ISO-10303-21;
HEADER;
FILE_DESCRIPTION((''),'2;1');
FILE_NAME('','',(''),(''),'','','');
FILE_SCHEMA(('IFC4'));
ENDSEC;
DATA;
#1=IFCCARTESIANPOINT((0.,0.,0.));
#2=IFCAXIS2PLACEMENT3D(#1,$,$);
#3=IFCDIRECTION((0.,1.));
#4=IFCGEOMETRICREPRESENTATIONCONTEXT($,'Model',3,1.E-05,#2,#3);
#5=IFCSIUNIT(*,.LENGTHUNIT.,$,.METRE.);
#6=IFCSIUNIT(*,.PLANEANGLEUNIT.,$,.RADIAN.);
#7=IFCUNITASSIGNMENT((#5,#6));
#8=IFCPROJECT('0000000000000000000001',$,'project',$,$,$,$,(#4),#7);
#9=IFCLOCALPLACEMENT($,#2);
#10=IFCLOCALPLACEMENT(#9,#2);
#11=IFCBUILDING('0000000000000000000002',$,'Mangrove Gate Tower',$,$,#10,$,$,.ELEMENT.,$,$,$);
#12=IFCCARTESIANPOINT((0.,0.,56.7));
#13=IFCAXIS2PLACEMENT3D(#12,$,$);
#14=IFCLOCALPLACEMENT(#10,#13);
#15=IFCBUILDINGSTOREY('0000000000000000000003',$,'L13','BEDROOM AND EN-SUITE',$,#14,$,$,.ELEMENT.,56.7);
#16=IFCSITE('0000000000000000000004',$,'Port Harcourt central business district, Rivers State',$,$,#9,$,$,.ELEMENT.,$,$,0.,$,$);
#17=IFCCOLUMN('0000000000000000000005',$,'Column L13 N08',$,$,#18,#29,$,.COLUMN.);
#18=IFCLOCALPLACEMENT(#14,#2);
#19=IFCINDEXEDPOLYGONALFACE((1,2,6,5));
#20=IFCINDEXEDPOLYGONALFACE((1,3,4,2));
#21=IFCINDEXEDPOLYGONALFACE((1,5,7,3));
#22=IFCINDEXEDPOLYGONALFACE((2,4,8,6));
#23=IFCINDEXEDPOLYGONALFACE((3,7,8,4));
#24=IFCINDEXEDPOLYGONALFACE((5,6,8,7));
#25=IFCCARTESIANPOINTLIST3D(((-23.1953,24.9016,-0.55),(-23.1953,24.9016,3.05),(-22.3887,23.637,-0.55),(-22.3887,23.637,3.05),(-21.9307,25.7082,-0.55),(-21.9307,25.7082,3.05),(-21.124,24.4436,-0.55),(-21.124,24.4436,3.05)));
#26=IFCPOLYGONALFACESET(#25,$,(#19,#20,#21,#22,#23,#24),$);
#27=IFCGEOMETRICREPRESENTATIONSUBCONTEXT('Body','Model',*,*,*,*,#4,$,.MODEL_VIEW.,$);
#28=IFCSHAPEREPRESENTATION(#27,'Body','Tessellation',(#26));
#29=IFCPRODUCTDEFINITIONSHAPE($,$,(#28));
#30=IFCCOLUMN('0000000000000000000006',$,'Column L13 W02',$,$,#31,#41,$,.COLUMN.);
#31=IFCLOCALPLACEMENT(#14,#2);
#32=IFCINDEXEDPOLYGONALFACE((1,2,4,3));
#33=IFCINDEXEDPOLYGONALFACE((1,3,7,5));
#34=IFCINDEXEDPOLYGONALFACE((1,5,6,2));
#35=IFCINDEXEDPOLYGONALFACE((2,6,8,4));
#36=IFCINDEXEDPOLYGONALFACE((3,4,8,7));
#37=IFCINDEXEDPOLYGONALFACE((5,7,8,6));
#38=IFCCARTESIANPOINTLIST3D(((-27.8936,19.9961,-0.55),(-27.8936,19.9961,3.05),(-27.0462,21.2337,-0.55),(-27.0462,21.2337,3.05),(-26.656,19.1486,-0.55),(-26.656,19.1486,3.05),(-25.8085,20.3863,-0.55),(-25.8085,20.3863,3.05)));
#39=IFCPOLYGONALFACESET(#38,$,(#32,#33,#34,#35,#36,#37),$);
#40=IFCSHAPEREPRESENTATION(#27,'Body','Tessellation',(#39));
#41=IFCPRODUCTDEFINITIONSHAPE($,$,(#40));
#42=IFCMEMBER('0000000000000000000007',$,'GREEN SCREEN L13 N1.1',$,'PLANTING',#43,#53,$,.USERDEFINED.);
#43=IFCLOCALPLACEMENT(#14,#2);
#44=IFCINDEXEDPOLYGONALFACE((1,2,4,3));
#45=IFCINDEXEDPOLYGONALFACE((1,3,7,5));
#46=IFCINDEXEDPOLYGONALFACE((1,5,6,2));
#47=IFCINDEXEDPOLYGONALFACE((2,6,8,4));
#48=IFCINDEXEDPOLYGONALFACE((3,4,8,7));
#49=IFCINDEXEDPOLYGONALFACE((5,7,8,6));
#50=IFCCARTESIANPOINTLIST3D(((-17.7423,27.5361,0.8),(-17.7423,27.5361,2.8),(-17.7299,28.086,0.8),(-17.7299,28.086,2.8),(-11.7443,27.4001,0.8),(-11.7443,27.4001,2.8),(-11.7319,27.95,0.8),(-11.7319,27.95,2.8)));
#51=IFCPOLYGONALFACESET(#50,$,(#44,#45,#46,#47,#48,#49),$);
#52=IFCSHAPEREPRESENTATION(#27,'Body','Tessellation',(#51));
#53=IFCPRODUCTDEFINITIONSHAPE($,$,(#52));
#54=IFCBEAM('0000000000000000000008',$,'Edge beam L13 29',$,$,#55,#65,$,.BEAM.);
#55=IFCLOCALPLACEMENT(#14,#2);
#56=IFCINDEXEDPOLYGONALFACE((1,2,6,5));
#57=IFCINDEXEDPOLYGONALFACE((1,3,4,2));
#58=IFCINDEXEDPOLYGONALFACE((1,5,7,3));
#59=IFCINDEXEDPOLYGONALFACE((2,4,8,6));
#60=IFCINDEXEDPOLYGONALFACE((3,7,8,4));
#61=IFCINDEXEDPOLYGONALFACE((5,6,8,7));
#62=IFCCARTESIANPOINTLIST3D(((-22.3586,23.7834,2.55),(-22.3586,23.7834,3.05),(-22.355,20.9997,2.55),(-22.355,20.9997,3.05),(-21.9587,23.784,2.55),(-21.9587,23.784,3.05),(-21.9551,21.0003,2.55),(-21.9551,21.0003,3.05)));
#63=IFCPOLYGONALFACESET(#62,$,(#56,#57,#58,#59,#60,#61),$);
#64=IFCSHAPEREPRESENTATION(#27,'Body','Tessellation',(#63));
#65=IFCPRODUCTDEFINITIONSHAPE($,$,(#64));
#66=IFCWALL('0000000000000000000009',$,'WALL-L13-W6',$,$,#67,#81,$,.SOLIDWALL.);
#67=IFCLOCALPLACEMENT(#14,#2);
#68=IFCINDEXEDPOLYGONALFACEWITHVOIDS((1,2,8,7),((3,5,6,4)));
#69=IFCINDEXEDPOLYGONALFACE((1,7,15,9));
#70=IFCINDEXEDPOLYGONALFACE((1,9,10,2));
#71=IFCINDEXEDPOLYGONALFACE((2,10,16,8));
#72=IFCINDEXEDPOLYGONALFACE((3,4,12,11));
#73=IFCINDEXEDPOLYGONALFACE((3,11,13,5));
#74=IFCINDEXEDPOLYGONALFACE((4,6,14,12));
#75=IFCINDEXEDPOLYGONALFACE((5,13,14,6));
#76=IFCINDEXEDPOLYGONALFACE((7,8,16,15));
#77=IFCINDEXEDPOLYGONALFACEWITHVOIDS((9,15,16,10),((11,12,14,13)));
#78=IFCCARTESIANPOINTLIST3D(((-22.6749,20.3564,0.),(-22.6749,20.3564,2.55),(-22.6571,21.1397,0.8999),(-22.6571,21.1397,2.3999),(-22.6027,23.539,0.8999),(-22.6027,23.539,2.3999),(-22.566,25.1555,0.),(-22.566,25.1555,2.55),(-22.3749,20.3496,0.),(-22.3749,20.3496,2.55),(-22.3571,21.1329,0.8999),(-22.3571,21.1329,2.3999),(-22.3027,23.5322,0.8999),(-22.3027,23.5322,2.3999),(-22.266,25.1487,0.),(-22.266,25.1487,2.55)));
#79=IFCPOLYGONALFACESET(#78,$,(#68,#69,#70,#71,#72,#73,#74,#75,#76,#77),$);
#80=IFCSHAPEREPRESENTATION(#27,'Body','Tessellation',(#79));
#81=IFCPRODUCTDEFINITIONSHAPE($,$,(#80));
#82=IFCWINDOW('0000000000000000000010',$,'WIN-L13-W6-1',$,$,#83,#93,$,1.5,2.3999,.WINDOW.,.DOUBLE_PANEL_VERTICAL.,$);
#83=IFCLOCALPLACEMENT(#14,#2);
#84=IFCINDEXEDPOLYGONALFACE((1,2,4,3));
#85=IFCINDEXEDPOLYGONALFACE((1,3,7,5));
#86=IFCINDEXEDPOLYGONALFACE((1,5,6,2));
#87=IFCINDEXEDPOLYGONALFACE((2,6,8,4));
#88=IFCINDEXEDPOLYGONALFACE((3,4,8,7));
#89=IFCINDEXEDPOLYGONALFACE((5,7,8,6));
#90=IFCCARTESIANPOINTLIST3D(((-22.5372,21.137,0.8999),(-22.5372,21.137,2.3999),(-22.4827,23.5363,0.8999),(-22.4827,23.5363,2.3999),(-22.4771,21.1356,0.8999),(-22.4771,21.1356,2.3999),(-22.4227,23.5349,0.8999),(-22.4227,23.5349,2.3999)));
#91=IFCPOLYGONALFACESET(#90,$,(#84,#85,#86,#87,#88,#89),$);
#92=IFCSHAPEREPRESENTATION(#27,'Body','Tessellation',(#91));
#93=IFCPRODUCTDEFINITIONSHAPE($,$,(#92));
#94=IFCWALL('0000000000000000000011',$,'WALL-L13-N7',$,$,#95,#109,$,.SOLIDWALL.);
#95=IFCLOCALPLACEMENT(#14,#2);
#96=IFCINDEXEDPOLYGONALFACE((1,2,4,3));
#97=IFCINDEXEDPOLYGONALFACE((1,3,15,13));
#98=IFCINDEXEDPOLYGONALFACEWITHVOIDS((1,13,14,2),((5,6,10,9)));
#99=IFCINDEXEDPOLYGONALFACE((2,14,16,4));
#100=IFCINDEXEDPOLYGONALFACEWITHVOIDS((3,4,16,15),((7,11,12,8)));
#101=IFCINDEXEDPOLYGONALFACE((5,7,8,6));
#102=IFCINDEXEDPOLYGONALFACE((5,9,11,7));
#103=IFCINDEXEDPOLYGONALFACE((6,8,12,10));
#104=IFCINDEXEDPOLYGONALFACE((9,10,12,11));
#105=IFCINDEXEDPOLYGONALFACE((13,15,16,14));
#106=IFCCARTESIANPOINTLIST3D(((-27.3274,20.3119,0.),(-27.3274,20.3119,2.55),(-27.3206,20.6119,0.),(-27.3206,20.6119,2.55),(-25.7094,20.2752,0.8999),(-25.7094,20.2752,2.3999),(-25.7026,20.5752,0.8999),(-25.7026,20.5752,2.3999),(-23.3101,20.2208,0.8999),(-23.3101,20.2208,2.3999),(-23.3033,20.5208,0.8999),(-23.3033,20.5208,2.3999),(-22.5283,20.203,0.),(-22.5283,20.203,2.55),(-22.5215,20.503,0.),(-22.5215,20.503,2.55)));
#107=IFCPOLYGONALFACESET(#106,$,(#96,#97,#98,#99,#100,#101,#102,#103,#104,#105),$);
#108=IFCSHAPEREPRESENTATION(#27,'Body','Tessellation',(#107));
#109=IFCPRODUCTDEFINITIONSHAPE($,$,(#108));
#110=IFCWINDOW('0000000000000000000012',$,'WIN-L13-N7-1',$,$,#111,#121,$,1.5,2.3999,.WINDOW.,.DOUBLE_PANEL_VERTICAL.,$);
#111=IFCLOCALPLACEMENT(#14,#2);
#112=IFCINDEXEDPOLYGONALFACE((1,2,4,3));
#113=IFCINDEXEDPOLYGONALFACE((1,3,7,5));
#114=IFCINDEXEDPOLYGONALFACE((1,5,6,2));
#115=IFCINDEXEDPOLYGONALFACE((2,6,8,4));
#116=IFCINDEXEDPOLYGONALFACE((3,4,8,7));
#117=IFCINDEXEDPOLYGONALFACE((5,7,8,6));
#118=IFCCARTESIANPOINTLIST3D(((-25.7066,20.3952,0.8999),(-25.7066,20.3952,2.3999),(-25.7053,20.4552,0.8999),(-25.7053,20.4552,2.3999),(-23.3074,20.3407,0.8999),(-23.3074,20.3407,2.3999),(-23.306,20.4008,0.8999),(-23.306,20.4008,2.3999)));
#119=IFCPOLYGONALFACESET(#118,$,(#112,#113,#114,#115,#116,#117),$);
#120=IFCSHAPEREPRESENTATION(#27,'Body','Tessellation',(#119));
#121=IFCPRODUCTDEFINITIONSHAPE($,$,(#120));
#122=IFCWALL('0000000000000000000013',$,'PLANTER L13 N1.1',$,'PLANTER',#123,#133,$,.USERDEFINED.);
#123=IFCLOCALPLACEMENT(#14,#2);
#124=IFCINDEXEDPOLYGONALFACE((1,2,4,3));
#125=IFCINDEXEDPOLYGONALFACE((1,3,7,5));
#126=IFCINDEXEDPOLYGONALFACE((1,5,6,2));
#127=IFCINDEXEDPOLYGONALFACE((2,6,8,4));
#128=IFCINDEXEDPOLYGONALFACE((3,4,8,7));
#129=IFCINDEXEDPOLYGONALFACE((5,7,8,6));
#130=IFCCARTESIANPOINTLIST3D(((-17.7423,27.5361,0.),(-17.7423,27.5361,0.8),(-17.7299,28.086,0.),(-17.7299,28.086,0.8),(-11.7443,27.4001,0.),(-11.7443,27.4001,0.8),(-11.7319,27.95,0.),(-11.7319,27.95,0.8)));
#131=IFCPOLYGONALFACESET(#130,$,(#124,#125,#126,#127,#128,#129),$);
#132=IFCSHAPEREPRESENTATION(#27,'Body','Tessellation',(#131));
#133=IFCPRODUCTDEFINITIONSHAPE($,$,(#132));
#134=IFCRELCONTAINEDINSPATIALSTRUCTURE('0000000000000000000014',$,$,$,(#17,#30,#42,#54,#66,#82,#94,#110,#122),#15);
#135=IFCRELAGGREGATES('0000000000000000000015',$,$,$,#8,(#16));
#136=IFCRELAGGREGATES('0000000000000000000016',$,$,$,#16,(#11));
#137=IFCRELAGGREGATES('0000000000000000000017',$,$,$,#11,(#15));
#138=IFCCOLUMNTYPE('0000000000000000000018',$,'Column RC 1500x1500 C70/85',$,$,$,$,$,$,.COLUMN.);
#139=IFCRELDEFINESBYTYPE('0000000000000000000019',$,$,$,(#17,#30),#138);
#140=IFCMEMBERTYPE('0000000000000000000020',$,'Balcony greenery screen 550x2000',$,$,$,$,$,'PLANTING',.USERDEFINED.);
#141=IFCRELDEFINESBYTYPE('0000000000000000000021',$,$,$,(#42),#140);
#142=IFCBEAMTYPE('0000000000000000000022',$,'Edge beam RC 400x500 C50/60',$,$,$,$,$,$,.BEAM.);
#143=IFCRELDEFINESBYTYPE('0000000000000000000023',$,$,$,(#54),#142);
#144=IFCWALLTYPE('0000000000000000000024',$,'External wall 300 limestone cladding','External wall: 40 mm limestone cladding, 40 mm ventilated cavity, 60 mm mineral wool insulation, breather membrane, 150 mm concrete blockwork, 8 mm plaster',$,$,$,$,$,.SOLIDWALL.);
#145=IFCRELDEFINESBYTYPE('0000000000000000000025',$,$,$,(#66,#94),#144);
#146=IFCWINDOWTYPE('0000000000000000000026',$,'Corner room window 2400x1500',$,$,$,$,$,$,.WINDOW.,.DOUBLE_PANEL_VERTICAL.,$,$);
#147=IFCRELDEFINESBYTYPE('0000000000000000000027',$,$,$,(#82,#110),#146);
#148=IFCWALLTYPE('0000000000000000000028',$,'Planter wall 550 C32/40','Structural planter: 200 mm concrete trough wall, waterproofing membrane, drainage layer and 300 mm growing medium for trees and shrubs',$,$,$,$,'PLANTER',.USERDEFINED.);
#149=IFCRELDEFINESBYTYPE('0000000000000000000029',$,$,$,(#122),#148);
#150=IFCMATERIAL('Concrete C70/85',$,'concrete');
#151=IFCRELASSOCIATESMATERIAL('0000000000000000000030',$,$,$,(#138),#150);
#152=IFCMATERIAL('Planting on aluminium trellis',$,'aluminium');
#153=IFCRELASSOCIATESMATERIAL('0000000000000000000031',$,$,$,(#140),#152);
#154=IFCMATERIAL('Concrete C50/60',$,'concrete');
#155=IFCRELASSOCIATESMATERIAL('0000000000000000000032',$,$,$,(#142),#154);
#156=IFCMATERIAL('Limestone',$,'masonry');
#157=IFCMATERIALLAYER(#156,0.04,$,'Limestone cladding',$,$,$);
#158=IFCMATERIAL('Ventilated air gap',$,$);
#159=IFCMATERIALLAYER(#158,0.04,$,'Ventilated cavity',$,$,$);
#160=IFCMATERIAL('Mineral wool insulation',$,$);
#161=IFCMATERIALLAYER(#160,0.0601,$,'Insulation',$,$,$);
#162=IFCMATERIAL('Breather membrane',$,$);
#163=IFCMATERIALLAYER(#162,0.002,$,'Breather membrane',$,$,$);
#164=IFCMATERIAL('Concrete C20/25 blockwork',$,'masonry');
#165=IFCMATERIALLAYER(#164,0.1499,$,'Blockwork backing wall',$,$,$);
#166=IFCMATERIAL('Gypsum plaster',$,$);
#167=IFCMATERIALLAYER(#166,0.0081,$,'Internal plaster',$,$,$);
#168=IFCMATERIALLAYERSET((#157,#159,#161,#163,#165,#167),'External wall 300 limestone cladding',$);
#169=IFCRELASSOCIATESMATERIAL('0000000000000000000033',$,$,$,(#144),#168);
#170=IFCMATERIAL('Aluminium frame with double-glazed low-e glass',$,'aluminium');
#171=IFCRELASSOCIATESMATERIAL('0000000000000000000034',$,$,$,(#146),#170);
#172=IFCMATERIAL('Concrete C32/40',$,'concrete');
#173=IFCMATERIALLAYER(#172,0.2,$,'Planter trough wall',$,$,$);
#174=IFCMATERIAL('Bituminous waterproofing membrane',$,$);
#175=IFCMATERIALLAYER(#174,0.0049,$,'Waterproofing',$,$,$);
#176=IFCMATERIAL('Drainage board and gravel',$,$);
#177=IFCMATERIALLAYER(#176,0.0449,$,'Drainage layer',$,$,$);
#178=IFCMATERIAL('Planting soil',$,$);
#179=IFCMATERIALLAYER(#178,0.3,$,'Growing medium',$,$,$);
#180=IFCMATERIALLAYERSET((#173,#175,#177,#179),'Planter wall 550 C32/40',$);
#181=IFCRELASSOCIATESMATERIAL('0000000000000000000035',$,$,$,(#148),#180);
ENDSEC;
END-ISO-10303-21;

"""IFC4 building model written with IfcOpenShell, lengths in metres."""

from ifc_helpers import new_model, si_unit, direction, frame, frame_2d, origin, origin_2d, place, context, subcontext, project, spatial, rectangle, extrude, material, layer, layer_set, material_profile, profile_set, type_object, element, fill, save


model = new_model("IFC4")

# Units and contexts
model_context = context("Model", 3, precision=1e-05, world=origin(), true_north=direction((0.0, 1.0)))
body_context = subcontext(model_context, "Body", "Model", "MODEL_VIEW")
ifc_project = project(units=[si_unit("LENGTHUNIT", "METRE"), si_unit("PLANEANGLEUNIT", "RADIAN")], contexts=[model_context])

# Site, building, storey
site_placement = place(None, origin())
site = spatial("IfcSite", under=ifc_project, at=site_placement, Name="Port Harcourt central business district, Rivers State", CompositionType="ELEMENT", RefElevation=0.0)
building_placement = place(site_placement, origin())
building = spatial("IfcBuilding", under=site, at=building_placement, Name="Mangrove Gate Tower", CompositionType="ELEMENT")
storey_placement = place(building_placement, frame((0.0, 0.0, 56.7)))
storey = spatial("IfcBuildingStorey", under=building, at=storey_placement, Name="L13", Description="BEDROOM AND EN-SUITE", CompositionType="ELEMENT", Elevation=56.7)

# Columns
ifc_material_1 = material(Name="Concrete C70/85", Category="concrete")
ifc_material_profile_1 = material_profile(ifc_material_1, rectangle(XDim=1.5, YDim=1.5, at=origin_2d()))
ifc_profile_set_1 = profile_set([ifc_material_profile_1], Name="Concrete C70/85")
column_type = type_object("IfcColumnType", Name="Column RC 1500x1500 C70/85", PredefinedType="COLUMN", material=ifc_profile_set_1)
for number, where, z_axis, x_axis, name in (
    (1, (-22.1597, 24.6726, -0.55), (0.0, 0.0, 1.0), (-0.843102, -0.537753, 0.0), "Column L13 N08"),
    (2, (-26.8511, 20.1912, -0.55), (0.0, 0.0, 1.0), (-0.564978, -0.825106, 0.0), "Column L13 W02"),
):
    element("IfcColumn", number, at=place(storey_placement, frame(where, z_axis=z_axis, x_axis=x_axis)), inside=storey, type_object=column_type, Name=name, PredefinedType="COLUMN", context=body_context, shape_type="SweptSolid", body=[
        extrude(rectangle(XDim=1.5, YDim=1.5, at=origin_2d()), origin(), (0.0, 0.0, 1.0), 3.6001),
    ])

# Member
ifc_material_2 = material(Name="Planting on aluminium trellis", Category="aluminium")
ifc_material_profile_2 = material_profile(ifc_material_2, rectangle(XDim=0.55, YDim=2.0, at=origin_2d()))
ifc_profile_set_2 = profile_set([ifc_material_profile_2], Name="Planting on aluminium trellis")
member_type = type_object("IfcMemberType", Name="Balcony greenery screen 550x2000", ElementType="PLANTING", PredefinedType="USERDEFINED", material=ifc_profile_set_2)
member_placement = place(storey_placement, frame((-17.7361, 27.811, 1.8), z_axis=(0.999743, -0.022666, 0.0), x_axis=(0.022666, 0.999743, 0.0)))
element("IfcMember", 3, at=member_placement, inside=storey, type_object=member_type, Name="GREEN SCREEN L13 N1.1", ObjectType="PLANTING", PredefinedType="USERDEFINED", context=body_context, shape_type="SweptSolid", body=[
    extrude(rectangle(XDim=0.55, YDim=2.0, at=origin_2d()), origin(), (0.0, 0.0, 1.0), 5.9995),
])

# Beam
ifc_material_3 = material(Name="Concrete C50/60", Category="concrete")
ifc_material_profile_3 = material_profile(ifc_material_3, rectangle(XDim=0.3999, YDim=0.5, at=origin_2d()))
ifc_profile_set_3 = profile_set([ifc_material_profile_3], Name="Concrete C50/60")
beam_type = type_object("IfcBeamType", Name="Edge beam RC 400x500 C50/60", PredefinedType="BEAM", material=ifc_profile_set_3)
beam_placement = place(storey_placement, frame((-22.1587, 23.7837, 2.8), z_axis=(0.001316, -0.999999, 0.0), x_axis=(0.999999, 0.001316, 0.0)))
element("IfcBeam", 4, at=beam_placement, inside=storey, type_object=beam_type, Name="Edge beam L13 29", PredefinedType="BEAM", context=body_context, shape_type="SweptSolid", body=[
    extrude(rectangle(XDim=0.3999, YDim=0.5, at=origin_2d()), origin(), (0.0, 0.0, 1.0), 2.7837),
])

# Walls, openings, windows
ifc_material_4 = material(Name="Limestone", Category="masonry")
ifc_layer_1 = layer(ifc_material_4, 0.04, Name="Limestone cladding")
ifc_material_5 = material(Name="Ventilated air gap")
ifc_layer_2 = layer(ifc_material_5, 0.04, Name="Ventilated cavity")
ifc_material_6 = material(Name="Mineral wool insulation")
ifc_layer_3 = layer(ifc_material_6, 0.0601, Name="Insulation")
ifc_material_7 = material(Name="Breather membrane")
ifc_layer_4 = layer(ifc_material_7, 0.002, Name="Breather membrane")
ifc_material_8 = material(Name="Concrete C20/25 blockwork", Category="masonry")
ifc_layer_5 = layer(ifc_material_8, 0.1499, Name="Blockwork backing wall")
ifc_material_9 = material(Name="Gypsum plaster")
ifc_layer_6 = layer(ifc_material_9, 0.0081, Name="Internal plaster")
ifc_layer_set_1 = layer_set([ifc_layer_1, ifc_layer_2, ifc_layer_3, ifc_layer_4, ifc_layer_5, ifc_layer_6], Name="External wall 300 limestone cladding")
wall_type_1 = type_object("IfcWallType", Name="External wall 300 limestone cladding", Description="External wall: 40 mm limestone cladding, 40 mm ventilated cavity, 60 mm mineral wool insulation, breather membrane, 150 mm concrete blockwork, 8 mm plaster", PredefinedType="SOLIDWALL", material=ifc_layer_set_1)
wall_1_placement = place(storey_placement, frame((-22.416, 25.1521, 0.0), z_axis=(0.0, 0.0, 1.0), x_axis=(-0.022683, -0.999743, 0.0)))
wall_1 = element("IfcWall", 5, at=wall_1_placement, inside=storey, type_object=wall_type_1, Name="WALL-L13-W6", PredefinedType="SOLIDWALL", context=body_context, shape_type="SweptSolid", body=[
    extrude(rectangle(XDim=4.8003, YDim=0.3, at=frame_2d((2.4001, 0.0))), origin(), (0.0, 0.0, 1.0), 2.55),
])
opening_1_placement = place(wall_1_placement, frame((1.6169, 0.0, 0.8999)))
opening_1 = element("IfcOpeningElement", 6, at=opening_1_placement, cuts=wall_1, PredefinedType="OPENING", context=body_context, shape_type="SweptSolid", body=[
    extrude(rectangle(XDim=2.3999, YDim=1.5, at=frame_2d((1.2, 0.75))), frame((0.0, 0.1599, 0.0), z_axis=(0.0, -1.0, 0.0), x_axis=(1.0, 0.0, 0.0)), (0.0, 0.0, 1.0), 0.3201),
])
ifc_material_10 = material(Name="Aluminium frame with double-glazed low-e glass", Category="aluminium")
window_type = type_object("IfcWindowType", Name="Corner room window 2400x1500", PartitioningType="DOUBLE_PANEL_VERTICAL", PredefinedType="WINDOW", material=ifc_material_10)
window_1_placement = place(opening_1_placement, origin())
window_1 = element("IfcWindow", 7, at=window_1_placement, inside=storey, type_object=window_type, Name="WIN-L13-W6-1", OverallHeight=1.5, OverallWidth=2.3999, PartitioningType="DOUBLE_PANEL_VERTICAL", PredefinedType="WINDOW", context=body_context, shape_type="SweptSolid", body=[
    extrude(rectangle(XDim=2.3999, YDim=1.5, at=frame_2d((1.2, 0.75))), frame((0.0, 0.03, 0.0), z_axis=(0.0, -1.0, 0.0), x_axis=(1.0, 0.0, 0.0)), (0.0, 0.0, 1.0), 0.0601),
])
fill(opening_1, window_1)
wall_2_placement = place(storey_placement, frame((-22.5249, 20.353, 0.0), z_axis=(0.0, 0.0, 1.0), x_axis=(-0.999743, 0.022683, 0.0)))
wall_2 = element("IfcWall", 8, at=wall_2_placement, inside=storey, type_object=wall_type_1, Name="WALL-L13-N7", PredefinedType="SOLIDWALL", context=body_context, shape_type="SweptSolid", body=[
    extrude(rectangle(XDim=4.8003, YDim=0.3, at=frame_2d((2.4001, 0.0))), origin(), (0.0, 0.0, 1.0), 2.55),
])
opening_2_placement = place(wall_2_placement, frame((0.782, 0.0, 0.8999)))
opening_2 = element("IfcOpeningElement", 9, at=opening_2_placement, cuts=wall_2, PredefinedType="OPENING", context=body_context, shape_type="SweptSolid", body=[
    extrude(rectangle(XDim=2.3999, YDim=1.5, at=frame_2d((1.2, 0.75))), frame((0.0, 0.1599, 0.0), z_axis=(0.0, -1.0, 0.0), x_axis=(1.0, 0.0, 0.0)), (0.0, 0.0, 1.0), 0.3201),
])
window_2_placement = place(opening_2_placement, origin())
window_2 = element("IfcWindow", 10, at=window_2_placement, inside=storey, type_object=window_type, Name="WIN-L13-N7-1", OverallHeight=1.5, OverallWidth=2.3999, PartitioningType="DOUBLE_PANEL_VERTICAL", PredefinedType="WINDOW", context=body_context, shape_type="SweptSolid", body=[
    extrude(rectangle(XDim=2.3999, YDim=1.5, at=frame_2d((1.2, 0.75))), frame((0.0, 0.03, 0.0), z_axis=(0.0, -1.0, 0.0), x_axis=(1.0, 0.0, 0.0)), (0.0, 0.0, 1.0), 0.0601),
])
fill(opening_2, window_2)

# Wall
ifc_material_11 = material(Name="Concrete C32/40", Category="concrete")
ifc_layer_7 = layer(ifc_material_11, 0.2, Name="Planter trough wall")
ifc_material_12 = material(Name="Bituminous waterproofing membrane")
ifc_layer_8 = layer(ifc_material_12, 0.0049, Name="Waterproofing")
ifc_material_13 = material(Name="Drainage board and gravel")
ifc_layer_9 = layer(ifc_material_13, 0.0449, Name="Drainage layer")
ifc_material_14 = material(Name="Planting soil")
ifc_layer_10 = layer(ifc_material_14, 0.3, Name="Growing medium")
ifc_layer_set_2 = layer_set([ifc_layer_7, ifc_layer_8, ifc_layer_9, ifc_layer_10], Name="Planter wall 550 C32/40")
wall_type_2 = type_object("IfcWallType", Name="Planter wall 550 C32/40", Description="Structural planter: 200 mm concrete trough wall, waterproofing membrane, drainage layer and 300 mm growing medium for trees and shrubs", ElementType="PLANTER", PredefinedType="USERDEFINED", material=ifc_layer_set_2)
wall_3_placement = place(storey_placement, frame((-17.7361, 27.811, 0.0), z_axis=(0.0, 0.0, 1.0), x_axis=(0.999743, -0.022666, 0.0)))
element("IfcWall", 11, at=wall_3_placement, inside=storey, type_object=wall_type_2, Name="PLANTER L13 N1.1", ObjectType="PLANTER", PredefinedType="USERDEFINED", context=body_context, shape_type="SweptSolid", body=[
    extrude(rectangle(XDim=5.9995, YDim=0.55, at=frame_2d((2.9998, 0.0))), origin(), (0.0, 0.0, 1.0), 0.8),
])

save(model, "model.ifc")
